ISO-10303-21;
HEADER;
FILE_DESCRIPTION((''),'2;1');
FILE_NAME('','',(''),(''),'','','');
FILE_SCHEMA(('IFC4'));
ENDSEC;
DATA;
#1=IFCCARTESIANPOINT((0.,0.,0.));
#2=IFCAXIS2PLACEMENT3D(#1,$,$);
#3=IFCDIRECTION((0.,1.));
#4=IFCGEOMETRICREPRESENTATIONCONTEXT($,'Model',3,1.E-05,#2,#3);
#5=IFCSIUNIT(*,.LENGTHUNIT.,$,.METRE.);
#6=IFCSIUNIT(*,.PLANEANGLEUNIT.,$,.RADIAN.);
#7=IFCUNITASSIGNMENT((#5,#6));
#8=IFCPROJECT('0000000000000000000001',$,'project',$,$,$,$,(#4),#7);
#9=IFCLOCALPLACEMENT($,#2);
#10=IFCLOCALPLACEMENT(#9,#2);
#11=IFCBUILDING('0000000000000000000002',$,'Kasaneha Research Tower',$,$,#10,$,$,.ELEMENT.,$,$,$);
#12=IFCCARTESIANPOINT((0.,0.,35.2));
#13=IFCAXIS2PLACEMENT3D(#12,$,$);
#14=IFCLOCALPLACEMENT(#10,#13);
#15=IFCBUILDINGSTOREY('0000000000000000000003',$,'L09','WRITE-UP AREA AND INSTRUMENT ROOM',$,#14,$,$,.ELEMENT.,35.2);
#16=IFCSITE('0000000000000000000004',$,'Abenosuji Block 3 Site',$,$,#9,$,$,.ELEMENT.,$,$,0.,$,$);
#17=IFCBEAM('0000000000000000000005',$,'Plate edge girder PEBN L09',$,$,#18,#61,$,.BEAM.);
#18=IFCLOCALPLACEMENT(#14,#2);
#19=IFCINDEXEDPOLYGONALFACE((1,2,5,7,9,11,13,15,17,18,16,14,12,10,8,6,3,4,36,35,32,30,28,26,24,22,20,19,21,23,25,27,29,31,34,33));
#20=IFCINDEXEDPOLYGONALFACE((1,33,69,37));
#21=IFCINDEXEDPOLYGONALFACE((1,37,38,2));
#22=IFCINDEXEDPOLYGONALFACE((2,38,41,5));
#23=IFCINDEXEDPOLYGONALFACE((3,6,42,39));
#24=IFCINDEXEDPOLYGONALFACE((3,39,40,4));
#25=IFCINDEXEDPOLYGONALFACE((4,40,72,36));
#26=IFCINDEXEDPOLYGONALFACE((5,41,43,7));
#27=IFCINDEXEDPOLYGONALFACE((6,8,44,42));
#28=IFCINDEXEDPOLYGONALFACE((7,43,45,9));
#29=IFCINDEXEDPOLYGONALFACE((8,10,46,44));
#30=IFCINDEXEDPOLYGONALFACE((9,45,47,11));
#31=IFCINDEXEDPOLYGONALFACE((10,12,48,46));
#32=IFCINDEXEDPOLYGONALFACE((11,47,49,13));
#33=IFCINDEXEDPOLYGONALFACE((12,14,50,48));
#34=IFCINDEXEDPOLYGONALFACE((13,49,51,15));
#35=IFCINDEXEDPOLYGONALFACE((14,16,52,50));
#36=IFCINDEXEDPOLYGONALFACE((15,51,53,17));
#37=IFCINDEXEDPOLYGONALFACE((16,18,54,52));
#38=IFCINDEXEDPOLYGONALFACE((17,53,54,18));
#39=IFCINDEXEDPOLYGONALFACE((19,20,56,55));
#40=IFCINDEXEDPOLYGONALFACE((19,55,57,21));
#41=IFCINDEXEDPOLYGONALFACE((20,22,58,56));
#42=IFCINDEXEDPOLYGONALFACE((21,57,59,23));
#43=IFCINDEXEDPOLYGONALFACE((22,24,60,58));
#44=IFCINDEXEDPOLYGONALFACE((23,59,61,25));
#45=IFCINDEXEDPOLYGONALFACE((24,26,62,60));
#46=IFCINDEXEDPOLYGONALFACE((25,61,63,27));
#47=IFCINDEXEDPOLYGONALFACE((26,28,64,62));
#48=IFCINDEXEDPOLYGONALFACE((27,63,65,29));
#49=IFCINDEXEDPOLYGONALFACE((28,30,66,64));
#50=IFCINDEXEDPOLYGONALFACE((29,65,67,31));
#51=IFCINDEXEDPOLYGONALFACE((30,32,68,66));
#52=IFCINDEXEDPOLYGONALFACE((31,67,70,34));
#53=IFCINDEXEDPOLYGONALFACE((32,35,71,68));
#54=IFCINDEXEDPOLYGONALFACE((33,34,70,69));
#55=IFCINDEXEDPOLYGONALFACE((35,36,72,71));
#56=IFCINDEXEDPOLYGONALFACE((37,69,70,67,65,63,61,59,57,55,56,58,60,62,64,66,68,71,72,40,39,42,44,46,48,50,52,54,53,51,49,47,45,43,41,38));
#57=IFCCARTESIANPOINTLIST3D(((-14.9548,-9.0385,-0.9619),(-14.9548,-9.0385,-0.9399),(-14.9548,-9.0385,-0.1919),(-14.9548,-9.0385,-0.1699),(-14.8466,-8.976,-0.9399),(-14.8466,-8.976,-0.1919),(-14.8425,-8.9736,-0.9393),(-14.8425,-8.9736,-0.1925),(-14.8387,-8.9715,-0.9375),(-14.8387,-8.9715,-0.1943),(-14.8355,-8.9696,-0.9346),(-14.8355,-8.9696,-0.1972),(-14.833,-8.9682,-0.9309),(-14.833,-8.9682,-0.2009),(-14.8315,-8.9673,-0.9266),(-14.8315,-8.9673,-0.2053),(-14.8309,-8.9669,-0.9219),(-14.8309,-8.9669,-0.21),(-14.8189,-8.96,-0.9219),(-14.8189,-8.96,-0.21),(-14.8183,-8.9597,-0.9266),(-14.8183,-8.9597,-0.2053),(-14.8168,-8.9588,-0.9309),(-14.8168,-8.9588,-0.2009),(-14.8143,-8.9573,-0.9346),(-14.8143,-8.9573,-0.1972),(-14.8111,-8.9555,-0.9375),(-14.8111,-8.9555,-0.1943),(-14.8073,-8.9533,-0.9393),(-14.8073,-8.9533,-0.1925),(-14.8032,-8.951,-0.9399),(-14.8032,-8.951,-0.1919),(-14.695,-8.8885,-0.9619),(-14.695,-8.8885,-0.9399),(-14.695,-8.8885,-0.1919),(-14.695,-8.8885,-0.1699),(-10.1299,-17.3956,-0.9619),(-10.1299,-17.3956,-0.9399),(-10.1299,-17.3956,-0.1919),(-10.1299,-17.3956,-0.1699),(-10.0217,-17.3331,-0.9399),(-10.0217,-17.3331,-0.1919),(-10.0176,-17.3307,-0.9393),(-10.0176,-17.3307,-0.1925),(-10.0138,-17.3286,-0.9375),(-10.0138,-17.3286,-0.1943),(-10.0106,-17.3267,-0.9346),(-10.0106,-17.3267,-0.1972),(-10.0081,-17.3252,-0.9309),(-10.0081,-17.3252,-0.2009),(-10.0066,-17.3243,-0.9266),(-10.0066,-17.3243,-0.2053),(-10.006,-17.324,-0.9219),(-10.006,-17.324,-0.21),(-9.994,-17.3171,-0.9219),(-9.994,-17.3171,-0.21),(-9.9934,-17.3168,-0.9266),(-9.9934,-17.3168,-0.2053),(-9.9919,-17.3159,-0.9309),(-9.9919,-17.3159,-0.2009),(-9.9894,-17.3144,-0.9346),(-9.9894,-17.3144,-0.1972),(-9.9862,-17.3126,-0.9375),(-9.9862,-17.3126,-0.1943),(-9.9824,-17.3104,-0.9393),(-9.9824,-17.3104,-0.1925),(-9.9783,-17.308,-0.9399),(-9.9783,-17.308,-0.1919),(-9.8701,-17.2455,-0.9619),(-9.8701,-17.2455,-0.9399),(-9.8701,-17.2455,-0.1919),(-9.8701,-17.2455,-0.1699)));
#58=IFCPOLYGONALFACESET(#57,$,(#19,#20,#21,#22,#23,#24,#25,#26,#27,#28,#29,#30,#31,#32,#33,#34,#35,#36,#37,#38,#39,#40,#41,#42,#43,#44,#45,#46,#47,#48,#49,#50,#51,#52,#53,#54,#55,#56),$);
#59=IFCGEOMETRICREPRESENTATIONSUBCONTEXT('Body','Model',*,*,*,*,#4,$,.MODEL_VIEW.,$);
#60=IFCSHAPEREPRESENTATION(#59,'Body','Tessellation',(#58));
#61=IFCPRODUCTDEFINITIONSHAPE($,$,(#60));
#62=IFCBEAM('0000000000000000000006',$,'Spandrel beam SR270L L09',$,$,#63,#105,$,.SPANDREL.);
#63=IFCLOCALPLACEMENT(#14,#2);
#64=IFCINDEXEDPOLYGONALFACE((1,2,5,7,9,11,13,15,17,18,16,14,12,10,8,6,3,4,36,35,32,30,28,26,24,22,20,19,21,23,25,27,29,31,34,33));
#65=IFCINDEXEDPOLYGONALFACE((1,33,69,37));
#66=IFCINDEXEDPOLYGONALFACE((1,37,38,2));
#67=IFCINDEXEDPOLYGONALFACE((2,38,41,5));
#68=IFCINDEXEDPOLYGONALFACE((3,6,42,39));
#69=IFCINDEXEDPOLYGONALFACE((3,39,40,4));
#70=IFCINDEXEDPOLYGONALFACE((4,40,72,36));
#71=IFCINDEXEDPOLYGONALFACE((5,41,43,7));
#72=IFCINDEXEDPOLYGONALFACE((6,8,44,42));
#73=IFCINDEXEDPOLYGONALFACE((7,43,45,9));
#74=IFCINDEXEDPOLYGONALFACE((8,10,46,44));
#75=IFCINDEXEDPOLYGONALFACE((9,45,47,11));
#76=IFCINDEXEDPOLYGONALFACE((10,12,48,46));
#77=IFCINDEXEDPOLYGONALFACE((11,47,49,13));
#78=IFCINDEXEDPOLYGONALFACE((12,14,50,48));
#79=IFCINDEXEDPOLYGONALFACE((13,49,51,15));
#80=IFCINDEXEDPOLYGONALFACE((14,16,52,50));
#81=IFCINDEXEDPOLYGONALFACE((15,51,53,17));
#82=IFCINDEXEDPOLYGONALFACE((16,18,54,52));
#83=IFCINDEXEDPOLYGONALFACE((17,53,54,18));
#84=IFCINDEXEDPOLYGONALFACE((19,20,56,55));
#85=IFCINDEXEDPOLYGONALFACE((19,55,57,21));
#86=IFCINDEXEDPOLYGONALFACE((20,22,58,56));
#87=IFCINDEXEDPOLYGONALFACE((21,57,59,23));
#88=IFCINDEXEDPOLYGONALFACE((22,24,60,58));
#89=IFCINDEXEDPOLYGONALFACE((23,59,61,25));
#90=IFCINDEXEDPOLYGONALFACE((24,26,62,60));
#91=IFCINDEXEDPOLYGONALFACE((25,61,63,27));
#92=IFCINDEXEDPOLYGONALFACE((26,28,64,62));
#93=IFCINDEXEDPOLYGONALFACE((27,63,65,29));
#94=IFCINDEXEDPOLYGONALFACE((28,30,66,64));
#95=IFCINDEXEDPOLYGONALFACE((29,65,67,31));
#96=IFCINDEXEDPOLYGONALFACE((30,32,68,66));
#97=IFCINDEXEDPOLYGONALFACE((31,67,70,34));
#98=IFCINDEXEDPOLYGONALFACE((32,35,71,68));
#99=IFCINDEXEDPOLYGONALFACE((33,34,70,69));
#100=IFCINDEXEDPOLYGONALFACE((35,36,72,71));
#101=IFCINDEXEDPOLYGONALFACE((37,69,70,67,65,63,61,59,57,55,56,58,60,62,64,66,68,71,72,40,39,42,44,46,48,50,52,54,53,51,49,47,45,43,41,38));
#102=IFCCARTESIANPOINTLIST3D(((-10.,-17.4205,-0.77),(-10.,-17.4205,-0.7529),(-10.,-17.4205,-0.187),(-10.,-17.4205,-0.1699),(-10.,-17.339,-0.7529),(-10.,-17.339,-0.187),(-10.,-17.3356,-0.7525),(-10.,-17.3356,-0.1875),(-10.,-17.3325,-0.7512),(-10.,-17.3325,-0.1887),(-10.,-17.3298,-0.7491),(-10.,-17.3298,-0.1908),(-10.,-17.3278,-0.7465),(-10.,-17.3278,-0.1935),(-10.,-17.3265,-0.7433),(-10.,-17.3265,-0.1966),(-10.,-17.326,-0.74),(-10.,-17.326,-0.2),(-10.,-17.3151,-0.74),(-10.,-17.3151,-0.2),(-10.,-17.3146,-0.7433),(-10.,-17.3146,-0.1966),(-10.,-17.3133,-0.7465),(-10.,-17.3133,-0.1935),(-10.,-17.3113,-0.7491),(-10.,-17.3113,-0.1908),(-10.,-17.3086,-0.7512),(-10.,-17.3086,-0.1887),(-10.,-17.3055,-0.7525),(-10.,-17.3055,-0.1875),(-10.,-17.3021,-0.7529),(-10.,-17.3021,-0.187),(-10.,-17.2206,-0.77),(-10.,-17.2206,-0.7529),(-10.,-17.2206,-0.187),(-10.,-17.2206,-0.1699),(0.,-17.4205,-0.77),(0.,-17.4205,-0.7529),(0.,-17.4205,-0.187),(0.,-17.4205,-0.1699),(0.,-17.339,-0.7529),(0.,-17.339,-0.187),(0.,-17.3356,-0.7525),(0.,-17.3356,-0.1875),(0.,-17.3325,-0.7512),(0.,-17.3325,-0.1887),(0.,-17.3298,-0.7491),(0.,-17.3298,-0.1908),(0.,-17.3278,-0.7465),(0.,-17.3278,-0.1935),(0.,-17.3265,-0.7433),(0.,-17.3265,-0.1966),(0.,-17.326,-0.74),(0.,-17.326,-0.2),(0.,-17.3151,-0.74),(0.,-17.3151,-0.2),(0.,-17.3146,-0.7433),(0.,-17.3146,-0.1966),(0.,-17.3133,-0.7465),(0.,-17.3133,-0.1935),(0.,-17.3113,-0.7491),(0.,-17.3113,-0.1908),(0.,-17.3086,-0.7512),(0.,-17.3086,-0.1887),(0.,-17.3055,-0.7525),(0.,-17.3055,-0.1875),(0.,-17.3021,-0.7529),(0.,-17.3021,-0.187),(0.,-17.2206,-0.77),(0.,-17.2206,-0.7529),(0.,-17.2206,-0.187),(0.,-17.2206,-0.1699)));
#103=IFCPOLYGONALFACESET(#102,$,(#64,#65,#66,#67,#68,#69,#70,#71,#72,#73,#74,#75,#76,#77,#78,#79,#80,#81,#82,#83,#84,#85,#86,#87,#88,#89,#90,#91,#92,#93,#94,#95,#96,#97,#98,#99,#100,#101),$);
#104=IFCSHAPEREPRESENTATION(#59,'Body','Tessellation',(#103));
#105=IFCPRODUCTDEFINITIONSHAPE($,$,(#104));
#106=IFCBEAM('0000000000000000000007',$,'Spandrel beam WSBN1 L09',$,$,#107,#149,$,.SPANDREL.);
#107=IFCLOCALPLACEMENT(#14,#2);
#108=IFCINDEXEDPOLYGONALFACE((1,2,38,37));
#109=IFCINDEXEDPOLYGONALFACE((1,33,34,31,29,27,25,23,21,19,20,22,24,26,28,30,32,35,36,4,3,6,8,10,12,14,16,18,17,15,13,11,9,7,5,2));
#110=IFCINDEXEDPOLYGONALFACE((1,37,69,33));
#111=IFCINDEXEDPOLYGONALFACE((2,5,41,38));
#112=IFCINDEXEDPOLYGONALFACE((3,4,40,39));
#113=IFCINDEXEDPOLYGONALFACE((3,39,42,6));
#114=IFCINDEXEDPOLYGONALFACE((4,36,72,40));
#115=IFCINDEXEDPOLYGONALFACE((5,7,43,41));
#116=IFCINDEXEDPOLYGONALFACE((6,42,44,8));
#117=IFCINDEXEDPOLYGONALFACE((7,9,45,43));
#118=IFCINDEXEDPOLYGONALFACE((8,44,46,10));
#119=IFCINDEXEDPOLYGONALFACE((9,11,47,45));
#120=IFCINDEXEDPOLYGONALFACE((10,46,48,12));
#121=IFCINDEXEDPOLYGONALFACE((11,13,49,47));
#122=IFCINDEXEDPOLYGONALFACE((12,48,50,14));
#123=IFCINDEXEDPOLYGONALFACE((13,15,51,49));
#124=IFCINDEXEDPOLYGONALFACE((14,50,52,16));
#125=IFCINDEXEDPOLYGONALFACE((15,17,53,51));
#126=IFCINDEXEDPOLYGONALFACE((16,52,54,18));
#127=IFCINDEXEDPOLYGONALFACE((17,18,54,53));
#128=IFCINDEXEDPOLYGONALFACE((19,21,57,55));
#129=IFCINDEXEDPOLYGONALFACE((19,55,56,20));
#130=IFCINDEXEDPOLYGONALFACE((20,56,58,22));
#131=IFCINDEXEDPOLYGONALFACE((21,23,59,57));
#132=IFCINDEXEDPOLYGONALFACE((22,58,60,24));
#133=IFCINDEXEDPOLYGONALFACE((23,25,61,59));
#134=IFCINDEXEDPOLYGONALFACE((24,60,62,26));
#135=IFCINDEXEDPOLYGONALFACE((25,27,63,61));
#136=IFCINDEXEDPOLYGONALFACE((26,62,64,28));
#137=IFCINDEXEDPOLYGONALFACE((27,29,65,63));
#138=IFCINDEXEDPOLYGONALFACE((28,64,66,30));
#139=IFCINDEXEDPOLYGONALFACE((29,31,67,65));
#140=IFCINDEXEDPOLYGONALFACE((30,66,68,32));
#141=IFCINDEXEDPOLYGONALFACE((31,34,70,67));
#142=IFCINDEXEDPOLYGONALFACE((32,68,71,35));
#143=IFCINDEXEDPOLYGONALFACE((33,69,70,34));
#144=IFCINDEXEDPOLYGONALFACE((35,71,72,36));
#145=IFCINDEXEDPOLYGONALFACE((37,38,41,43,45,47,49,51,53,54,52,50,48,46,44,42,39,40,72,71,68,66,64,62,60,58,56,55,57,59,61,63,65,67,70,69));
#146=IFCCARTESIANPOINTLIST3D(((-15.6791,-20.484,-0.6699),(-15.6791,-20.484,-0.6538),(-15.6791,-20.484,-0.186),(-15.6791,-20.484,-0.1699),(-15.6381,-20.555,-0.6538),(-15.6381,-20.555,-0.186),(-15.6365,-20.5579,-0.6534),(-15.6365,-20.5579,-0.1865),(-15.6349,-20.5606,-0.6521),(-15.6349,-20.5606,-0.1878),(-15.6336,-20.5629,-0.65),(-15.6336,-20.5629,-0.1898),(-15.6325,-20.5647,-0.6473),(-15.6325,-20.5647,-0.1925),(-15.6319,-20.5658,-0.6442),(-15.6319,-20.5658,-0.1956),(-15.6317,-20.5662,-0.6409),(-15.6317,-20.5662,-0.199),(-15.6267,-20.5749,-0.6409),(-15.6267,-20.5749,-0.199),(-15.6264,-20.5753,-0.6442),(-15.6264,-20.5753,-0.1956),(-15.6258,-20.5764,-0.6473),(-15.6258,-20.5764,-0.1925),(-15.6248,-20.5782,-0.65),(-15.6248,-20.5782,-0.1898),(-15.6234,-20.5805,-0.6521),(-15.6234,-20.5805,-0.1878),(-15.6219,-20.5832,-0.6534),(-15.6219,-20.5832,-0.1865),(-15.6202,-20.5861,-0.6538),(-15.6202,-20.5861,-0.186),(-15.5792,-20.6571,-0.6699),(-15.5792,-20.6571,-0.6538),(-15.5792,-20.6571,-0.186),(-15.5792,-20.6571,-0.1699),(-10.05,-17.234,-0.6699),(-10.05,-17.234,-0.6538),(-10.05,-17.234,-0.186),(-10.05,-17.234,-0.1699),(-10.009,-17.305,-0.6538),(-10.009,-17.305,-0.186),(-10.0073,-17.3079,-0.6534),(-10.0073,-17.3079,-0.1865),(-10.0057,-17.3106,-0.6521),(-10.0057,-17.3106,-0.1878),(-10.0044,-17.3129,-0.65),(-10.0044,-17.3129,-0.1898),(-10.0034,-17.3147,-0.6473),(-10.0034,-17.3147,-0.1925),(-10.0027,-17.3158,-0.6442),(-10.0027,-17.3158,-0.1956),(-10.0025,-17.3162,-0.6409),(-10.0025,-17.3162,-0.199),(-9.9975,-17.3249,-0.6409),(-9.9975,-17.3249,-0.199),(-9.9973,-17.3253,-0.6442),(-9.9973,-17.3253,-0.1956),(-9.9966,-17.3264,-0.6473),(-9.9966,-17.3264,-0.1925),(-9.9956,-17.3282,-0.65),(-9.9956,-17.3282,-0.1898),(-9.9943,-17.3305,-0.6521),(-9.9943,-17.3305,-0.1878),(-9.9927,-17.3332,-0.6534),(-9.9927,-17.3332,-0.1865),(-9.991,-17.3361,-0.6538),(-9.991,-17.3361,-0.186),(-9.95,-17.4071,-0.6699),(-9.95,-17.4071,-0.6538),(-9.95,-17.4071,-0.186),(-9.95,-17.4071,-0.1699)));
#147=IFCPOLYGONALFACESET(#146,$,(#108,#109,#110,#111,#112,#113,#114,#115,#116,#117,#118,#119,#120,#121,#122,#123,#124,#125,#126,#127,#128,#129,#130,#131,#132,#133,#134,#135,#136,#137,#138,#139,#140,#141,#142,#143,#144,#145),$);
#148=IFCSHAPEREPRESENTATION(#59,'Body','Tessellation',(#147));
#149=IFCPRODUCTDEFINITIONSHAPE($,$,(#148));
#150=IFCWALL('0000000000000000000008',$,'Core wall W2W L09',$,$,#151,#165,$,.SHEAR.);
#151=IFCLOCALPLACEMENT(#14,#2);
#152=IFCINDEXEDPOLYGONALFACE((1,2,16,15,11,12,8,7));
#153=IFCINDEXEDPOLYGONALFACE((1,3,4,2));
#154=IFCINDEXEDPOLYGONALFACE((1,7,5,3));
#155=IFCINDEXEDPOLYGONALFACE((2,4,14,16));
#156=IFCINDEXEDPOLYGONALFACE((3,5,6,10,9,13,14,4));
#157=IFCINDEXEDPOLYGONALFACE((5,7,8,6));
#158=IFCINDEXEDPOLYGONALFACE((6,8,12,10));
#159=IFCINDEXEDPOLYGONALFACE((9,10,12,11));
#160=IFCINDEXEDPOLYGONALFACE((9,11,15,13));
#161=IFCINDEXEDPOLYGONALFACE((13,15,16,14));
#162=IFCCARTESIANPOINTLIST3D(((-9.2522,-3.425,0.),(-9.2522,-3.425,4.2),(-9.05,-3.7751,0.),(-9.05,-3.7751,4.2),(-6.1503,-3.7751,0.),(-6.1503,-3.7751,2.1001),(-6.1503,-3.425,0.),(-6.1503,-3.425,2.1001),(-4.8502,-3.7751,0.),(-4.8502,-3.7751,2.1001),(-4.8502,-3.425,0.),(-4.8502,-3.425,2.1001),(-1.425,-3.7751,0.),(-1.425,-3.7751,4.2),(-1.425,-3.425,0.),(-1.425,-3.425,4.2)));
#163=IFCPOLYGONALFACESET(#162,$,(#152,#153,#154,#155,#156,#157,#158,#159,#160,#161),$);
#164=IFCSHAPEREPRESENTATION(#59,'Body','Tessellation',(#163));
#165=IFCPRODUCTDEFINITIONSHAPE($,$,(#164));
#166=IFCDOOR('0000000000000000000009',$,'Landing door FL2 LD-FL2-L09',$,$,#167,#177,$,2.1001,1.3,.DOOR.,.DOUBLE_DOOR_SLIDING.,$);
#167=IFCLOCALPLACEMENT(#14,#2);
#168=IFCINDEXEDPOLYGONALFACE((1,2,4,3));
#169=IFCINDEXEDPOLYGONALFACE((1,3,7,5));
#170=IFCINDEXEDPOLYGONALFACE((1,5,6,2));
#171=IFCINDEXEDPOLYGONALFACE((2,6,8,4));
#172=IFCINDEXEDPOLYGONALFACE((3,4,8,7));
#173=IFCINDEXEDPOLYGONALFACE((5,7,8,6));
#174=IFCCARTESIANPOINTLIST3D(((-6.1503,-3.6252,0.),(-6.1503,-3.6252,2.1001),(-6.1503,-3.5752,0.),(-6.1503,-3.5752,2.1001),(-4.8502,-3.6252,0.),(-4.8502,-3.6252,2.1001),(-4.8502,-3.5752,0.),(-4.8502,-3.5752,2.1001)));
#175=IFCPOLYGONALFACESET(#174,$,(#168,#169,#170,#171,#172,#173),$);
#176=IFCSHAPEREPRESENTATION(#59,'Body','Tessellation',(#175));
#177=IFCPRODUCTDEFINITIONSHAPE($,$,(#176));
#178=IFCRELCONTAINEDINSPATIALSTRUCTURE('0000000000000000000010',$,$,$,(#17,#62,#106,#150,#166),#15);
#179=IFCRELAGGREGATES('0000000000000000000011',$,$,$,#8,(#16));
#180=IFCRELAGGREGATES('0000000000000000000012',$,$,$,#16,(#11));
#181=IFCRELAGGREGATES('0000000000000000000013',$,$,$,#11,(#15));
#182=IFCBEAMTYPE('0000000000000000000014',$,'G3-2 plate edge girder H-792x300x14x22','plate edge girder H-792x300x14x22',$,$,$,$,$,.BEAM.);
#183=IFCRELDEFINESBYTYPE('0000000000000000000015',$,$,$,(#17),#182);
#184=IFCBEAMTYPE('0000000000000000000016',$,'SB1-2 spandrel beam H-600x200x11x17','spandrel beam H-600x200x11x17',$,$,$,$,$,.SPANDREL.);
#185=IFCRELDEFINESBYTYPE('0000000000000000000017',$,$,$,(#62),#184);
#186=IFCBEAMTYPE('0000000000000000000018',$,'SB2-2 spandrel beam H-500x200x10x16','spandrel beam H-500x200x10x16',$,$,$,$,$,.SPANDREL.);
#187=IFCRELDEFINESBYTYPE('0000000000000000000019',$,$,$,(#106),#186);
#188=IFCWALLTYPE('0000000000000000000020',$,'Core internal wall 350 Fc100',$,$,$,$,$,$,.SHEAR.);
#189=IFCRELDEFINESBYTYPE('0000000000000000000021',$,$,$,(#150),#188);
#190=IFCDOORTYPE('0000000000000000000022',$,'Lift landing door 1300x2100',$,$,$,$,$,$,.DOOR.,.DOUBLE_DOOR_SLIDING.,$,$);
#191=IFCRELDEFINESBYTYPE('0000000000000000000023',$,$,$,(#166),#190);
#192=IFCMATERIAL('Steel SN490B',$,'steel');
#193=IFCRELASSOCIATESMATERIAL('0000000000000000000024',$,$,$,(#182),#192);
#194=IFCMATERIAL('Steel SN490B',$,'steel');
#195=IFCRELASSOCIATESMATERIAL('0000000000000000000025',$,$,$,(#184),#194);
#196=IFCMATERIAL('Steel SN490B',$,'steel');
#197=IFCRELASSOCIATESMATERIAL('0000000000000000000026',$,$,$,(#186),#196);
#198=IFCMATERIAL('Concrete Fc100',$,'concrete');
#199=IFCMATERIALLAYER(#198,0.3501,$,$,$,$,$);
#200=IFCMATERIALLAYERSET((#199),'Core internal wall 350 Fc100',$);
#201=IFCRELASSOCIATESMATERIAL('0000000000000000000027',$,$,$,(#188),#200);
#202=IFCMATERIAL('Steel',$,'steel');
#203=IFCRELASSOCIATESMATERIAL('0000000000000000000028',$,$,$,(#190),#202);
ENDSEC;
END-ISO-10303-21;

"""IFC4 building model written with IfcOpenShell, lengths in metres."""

from ifc_helpers import new_model, si_unit, direction, frame, frame_2d, origin, origin_2d, place, context, subcontext, project, spatial, polyline, rectangle, i_section, outline, extrude, material, layer, layer_set, material_profile, profile_set, type_object, element, fill, save


model = new_model("IFC4")

# Units and contexts
model_context = context("Model", 3, precision=1e-05, world=origin(), true_north=direction((0.0, 1.0)))
body_context = subcontext(model_context, "Body", "Model", "MODEL_VIEW")
ifc_project = project(units=[si_unit("LENGTHUNIT", "METRE"), si_unit("PLANEANGLEUNIT", "RADIAN")], contexts=[model_context])

# Site, building, storey
site_placement = place(None, origin())
site = spatial("IfcSite", under=ifc_project, at=site_placement, Name="Abenosuji Block 3 Site", CompositionType="ELEMENT", RefElevation=0.0)
building_placement = place(site_placement, origin())
building = spatial("IfcBuilding", under=site, at=building_placement, Name="Kasaneha Research Tower", CompositionType="ELEMENT")
storey_placement = place(building_placement, frame((0.0, 0.0, 35.2)))
storey = spatial("IfcBuildingStorey", under=building, at=storey_placement, Name="L09", Description="WRITE-UP AREA AND INSTRUMENT ROOM", CompositionType="ELEMENT", Elevation=35.2)

# Beams
ifc_material_1 = material(Name="Steel SN490B", Category="steel")
ifc_material_profile_1 = material_profile(ifc_material_1, i_section(OverallWidth=0.3, OverallDepth=0.792, WebThickness=0.0139, FlangeThickness=0.022, FilletRadius=0.0181, at=origin_2d()), Name="H-792x300x14x22")
ifc_profile_set_1 = profile_set([ifc_material_profile_1], Name="Steel SN490B")
beam_type_1 = type_object("IfcBeamType", Name="G3-2 plate edge girder H-792x300x14x22", Description="plate edge girder H-792x300x14x22", PredefinedType="BEAM", material=ifc_profile_set_1)
beam_1_placement = place(storey_placement, frame((-10.0, -17.3206, -0.5659), z_axis=(-0.499995, 0.866028, 0.0), x_axis=(-0.866028, -0.499995, 0.0)))
element("IfcBeam", 1, at=beam_1_placement, inside=storey, type_object=beam_type_1, Name="Plate edge girder PEBN L09", PredefinedType="BEAM", context=body_context, shape_type="SweptSolid", body=[
    extrude(i_section(OverallWidth=0.3, OverallDepth=0.792, WebThickness=0.0139, FlangeThickness=0.022, FilletRadius=0.0181, at=origin_2d()), origin(), (0.0, 0.0, 1.0), 9.6499),
])
ifc_material_2 = material(Name="Steel SN490B", Category="steel")
ifc_material_profile_2 = material_profile(ifc_material_2, i_section(OverallWidth=0.2, OverallDepth=0.6001, WebThickness=0.011, FlangeThickness=0.0171, FilletRadius=0.0129, at=origin_2d()), Name="H-600x200x11x17")
ifc_profile_set_2 = profile_set([ifc_material_profile_2], Name="Steel SN490B")
beam_type_2 = type_object("IfcBeamType", Name="SB1-2 spandrel beam H-600x200x11x17", Description="spandrel beam H-600x200x11x17", PredefinedType="SPANDREL", material=ifc_profile_set_2)
beam_2_placement = place(storey_placement, frame((-10.0, -17.3206, -0.47), z_axis=(1.0, 0.0, 0.0), x_axis=(0.0, 1.0, 0.0)))
element("IfcBeam", 2, at=beam_2_placement, inside=storey, type_object=beam_type_2, Name="Spandrel beam SR270L L09", PredefinedType="SPANDREL", context=body_context, shape_type="SweptSolid", body=[
    extrude(i_section(OverallWidth=0.2, OverallDepth=0.6001, WebThickness=0.011, FlangeThickness=0.0171, FilletRadius=0.0129, at=origin_2d()), origin(), (0.0, 0.0, 1.0), 10.0),
])
ifc_material_3 = material(Name="Steel SN490B", Category="steel")
ifc_material_profile_3 = material_profile(ifc_material_3, i_section(OverallWidth=0.2, OverallDepth=0.5, WebThickness=0.01, FlangeThickness=0.0161, FilletRadius=0.0129, at=origin_2d()), Name="H-500x200x10x16")
ifc_profile_set_3 = profile_set([ifc_material_profile_3], Name="Steel SN490B")
beam_type_3 = type_object("IfcBeamType", Name="SB2-2 spandrel beam H-500x200x10x16", Description="spandrel beam H-500x200x10x16", PredefinedType="SPANDREL", material=ifc_profile_set_3)
beam_3_placement = place(storey_placement, frame((-10.0, -17.3206, -0.4199), z_axis=(-0.866025, -0.500001, 0.0), x_axis=(0.500001, -0.866025, 0.0)))
element("IfcBeam", 3, at=beam_3_placement, inside=storey, type_object=beam_type_3, Name="Spandrel beam WSBN1 L09", PredefinedType="SPANDREL", context=body_context, shape_type="SweptSolid", body=[
    extrude(i_section(OverallWidth=0.2, OverallDepth=0.5, WebThickness=0.01, FlangeThickness=0.0161, FilletRadius=0.0129, at=origin_2d()), origin(), (0.0, 0.0, 1.0), 6.5),
])

# Wall, opening, door
ifc_material_4 = material(Name="Concrete Fc100", Category="concrete")
ifc_layer_1 = layer(ifc_material_4, 0.3501)
ifc_layer_set_1 = layer_set([ifc_layer_1], Name="Core internal wall 350 Fc100")
wall_type_1 = type_object("IfcWallType", Name="Core internal wall 350 Fc100", PredefinedType="SHEAR", material=ifc_layer_set_1)
wall_1_placement = place(storey_placement, frame((-9.1511, -3.6001, 0.0), z_axis=(0.0, 0.0, 1.0), x_axis=(1.0, 0.0, 0.0)))
wall_1 = element("IfcWall", 4, at=wall_1_placement, inside=storey, type_object=wall_type_1, Name="Core wall W2W L09", PredefinedType="SHEAR", context=body_context, shape_type="SweptSolid", body=[
    extrude(outline(polyline([(0.1011, -0.175), (3.001, -0.175), (4.301, -0.175), (7.7261, -0.175), (7.7261, 0.175), (4.301, 0.175), (3.001, 0.175), (-0.1011, 0.175), (0.1011, -0.175)])), origin(), (0.0, 0.0, 1.0), 4.2),
])
opening_1_placement = place(wall_1_placement, frame((3.001, 0.0, 0.0)))
opening_1 = element("IfcOpeningElement", 5, at=opening_1_placement, cuts=wall_1, PredefinedType="OPENING", context=body_context, shape_type="SweptSolid", body=[
    extrude(rectangle(XDim=1.3, YDim=2.1001, at=frame_2d((0.6499, 1.05))), frame((0.0, 0.1851, 0.0), z_axis=(0.0, -1.0, 0.0), x_axis=(1.0, 0.0, 0.0)), (0.0, 0.0, 1.0), 0.3701),
])
ifc_material_5 = material(Name="Steel", Category="steel")
door_type_1 = type_object("IfcDoorType", Name="Lift landing door 1300x2100", OperationType="DOUBLE_DOOR_SLIDING", PredefinedType="DOOR", material=ifc_material_5)
door_1_placement = place(opening_1_placement, origin())
door_1 = element("IfcDoor", 6, at=door_1_placement, inside=storey, type_object=door_type_1, Name="Landing door FL2 LD-FL2-L09", OperationType="DOUBLE_DOOR_SLIDING", OverallHeight=2.1001, OverallWidth=1.3, PredefinedType="DOOR", context=body_context, shape_type="SweptSolid", body=[
    extrude(rectangle(XDim=1.3, YDim=2.1001, at=frame_2d((0.6499, 1.05))), frame((0.0, 0.0249, 0.0), z_axis=(0.0, -1.0, 0.0), x_axis=(1.0, 0.0, 0.0)), (0.0, 0.0, 1.0), 0.05),
])
fill(opening_1, door_1)

save(model, "model.ifc")
